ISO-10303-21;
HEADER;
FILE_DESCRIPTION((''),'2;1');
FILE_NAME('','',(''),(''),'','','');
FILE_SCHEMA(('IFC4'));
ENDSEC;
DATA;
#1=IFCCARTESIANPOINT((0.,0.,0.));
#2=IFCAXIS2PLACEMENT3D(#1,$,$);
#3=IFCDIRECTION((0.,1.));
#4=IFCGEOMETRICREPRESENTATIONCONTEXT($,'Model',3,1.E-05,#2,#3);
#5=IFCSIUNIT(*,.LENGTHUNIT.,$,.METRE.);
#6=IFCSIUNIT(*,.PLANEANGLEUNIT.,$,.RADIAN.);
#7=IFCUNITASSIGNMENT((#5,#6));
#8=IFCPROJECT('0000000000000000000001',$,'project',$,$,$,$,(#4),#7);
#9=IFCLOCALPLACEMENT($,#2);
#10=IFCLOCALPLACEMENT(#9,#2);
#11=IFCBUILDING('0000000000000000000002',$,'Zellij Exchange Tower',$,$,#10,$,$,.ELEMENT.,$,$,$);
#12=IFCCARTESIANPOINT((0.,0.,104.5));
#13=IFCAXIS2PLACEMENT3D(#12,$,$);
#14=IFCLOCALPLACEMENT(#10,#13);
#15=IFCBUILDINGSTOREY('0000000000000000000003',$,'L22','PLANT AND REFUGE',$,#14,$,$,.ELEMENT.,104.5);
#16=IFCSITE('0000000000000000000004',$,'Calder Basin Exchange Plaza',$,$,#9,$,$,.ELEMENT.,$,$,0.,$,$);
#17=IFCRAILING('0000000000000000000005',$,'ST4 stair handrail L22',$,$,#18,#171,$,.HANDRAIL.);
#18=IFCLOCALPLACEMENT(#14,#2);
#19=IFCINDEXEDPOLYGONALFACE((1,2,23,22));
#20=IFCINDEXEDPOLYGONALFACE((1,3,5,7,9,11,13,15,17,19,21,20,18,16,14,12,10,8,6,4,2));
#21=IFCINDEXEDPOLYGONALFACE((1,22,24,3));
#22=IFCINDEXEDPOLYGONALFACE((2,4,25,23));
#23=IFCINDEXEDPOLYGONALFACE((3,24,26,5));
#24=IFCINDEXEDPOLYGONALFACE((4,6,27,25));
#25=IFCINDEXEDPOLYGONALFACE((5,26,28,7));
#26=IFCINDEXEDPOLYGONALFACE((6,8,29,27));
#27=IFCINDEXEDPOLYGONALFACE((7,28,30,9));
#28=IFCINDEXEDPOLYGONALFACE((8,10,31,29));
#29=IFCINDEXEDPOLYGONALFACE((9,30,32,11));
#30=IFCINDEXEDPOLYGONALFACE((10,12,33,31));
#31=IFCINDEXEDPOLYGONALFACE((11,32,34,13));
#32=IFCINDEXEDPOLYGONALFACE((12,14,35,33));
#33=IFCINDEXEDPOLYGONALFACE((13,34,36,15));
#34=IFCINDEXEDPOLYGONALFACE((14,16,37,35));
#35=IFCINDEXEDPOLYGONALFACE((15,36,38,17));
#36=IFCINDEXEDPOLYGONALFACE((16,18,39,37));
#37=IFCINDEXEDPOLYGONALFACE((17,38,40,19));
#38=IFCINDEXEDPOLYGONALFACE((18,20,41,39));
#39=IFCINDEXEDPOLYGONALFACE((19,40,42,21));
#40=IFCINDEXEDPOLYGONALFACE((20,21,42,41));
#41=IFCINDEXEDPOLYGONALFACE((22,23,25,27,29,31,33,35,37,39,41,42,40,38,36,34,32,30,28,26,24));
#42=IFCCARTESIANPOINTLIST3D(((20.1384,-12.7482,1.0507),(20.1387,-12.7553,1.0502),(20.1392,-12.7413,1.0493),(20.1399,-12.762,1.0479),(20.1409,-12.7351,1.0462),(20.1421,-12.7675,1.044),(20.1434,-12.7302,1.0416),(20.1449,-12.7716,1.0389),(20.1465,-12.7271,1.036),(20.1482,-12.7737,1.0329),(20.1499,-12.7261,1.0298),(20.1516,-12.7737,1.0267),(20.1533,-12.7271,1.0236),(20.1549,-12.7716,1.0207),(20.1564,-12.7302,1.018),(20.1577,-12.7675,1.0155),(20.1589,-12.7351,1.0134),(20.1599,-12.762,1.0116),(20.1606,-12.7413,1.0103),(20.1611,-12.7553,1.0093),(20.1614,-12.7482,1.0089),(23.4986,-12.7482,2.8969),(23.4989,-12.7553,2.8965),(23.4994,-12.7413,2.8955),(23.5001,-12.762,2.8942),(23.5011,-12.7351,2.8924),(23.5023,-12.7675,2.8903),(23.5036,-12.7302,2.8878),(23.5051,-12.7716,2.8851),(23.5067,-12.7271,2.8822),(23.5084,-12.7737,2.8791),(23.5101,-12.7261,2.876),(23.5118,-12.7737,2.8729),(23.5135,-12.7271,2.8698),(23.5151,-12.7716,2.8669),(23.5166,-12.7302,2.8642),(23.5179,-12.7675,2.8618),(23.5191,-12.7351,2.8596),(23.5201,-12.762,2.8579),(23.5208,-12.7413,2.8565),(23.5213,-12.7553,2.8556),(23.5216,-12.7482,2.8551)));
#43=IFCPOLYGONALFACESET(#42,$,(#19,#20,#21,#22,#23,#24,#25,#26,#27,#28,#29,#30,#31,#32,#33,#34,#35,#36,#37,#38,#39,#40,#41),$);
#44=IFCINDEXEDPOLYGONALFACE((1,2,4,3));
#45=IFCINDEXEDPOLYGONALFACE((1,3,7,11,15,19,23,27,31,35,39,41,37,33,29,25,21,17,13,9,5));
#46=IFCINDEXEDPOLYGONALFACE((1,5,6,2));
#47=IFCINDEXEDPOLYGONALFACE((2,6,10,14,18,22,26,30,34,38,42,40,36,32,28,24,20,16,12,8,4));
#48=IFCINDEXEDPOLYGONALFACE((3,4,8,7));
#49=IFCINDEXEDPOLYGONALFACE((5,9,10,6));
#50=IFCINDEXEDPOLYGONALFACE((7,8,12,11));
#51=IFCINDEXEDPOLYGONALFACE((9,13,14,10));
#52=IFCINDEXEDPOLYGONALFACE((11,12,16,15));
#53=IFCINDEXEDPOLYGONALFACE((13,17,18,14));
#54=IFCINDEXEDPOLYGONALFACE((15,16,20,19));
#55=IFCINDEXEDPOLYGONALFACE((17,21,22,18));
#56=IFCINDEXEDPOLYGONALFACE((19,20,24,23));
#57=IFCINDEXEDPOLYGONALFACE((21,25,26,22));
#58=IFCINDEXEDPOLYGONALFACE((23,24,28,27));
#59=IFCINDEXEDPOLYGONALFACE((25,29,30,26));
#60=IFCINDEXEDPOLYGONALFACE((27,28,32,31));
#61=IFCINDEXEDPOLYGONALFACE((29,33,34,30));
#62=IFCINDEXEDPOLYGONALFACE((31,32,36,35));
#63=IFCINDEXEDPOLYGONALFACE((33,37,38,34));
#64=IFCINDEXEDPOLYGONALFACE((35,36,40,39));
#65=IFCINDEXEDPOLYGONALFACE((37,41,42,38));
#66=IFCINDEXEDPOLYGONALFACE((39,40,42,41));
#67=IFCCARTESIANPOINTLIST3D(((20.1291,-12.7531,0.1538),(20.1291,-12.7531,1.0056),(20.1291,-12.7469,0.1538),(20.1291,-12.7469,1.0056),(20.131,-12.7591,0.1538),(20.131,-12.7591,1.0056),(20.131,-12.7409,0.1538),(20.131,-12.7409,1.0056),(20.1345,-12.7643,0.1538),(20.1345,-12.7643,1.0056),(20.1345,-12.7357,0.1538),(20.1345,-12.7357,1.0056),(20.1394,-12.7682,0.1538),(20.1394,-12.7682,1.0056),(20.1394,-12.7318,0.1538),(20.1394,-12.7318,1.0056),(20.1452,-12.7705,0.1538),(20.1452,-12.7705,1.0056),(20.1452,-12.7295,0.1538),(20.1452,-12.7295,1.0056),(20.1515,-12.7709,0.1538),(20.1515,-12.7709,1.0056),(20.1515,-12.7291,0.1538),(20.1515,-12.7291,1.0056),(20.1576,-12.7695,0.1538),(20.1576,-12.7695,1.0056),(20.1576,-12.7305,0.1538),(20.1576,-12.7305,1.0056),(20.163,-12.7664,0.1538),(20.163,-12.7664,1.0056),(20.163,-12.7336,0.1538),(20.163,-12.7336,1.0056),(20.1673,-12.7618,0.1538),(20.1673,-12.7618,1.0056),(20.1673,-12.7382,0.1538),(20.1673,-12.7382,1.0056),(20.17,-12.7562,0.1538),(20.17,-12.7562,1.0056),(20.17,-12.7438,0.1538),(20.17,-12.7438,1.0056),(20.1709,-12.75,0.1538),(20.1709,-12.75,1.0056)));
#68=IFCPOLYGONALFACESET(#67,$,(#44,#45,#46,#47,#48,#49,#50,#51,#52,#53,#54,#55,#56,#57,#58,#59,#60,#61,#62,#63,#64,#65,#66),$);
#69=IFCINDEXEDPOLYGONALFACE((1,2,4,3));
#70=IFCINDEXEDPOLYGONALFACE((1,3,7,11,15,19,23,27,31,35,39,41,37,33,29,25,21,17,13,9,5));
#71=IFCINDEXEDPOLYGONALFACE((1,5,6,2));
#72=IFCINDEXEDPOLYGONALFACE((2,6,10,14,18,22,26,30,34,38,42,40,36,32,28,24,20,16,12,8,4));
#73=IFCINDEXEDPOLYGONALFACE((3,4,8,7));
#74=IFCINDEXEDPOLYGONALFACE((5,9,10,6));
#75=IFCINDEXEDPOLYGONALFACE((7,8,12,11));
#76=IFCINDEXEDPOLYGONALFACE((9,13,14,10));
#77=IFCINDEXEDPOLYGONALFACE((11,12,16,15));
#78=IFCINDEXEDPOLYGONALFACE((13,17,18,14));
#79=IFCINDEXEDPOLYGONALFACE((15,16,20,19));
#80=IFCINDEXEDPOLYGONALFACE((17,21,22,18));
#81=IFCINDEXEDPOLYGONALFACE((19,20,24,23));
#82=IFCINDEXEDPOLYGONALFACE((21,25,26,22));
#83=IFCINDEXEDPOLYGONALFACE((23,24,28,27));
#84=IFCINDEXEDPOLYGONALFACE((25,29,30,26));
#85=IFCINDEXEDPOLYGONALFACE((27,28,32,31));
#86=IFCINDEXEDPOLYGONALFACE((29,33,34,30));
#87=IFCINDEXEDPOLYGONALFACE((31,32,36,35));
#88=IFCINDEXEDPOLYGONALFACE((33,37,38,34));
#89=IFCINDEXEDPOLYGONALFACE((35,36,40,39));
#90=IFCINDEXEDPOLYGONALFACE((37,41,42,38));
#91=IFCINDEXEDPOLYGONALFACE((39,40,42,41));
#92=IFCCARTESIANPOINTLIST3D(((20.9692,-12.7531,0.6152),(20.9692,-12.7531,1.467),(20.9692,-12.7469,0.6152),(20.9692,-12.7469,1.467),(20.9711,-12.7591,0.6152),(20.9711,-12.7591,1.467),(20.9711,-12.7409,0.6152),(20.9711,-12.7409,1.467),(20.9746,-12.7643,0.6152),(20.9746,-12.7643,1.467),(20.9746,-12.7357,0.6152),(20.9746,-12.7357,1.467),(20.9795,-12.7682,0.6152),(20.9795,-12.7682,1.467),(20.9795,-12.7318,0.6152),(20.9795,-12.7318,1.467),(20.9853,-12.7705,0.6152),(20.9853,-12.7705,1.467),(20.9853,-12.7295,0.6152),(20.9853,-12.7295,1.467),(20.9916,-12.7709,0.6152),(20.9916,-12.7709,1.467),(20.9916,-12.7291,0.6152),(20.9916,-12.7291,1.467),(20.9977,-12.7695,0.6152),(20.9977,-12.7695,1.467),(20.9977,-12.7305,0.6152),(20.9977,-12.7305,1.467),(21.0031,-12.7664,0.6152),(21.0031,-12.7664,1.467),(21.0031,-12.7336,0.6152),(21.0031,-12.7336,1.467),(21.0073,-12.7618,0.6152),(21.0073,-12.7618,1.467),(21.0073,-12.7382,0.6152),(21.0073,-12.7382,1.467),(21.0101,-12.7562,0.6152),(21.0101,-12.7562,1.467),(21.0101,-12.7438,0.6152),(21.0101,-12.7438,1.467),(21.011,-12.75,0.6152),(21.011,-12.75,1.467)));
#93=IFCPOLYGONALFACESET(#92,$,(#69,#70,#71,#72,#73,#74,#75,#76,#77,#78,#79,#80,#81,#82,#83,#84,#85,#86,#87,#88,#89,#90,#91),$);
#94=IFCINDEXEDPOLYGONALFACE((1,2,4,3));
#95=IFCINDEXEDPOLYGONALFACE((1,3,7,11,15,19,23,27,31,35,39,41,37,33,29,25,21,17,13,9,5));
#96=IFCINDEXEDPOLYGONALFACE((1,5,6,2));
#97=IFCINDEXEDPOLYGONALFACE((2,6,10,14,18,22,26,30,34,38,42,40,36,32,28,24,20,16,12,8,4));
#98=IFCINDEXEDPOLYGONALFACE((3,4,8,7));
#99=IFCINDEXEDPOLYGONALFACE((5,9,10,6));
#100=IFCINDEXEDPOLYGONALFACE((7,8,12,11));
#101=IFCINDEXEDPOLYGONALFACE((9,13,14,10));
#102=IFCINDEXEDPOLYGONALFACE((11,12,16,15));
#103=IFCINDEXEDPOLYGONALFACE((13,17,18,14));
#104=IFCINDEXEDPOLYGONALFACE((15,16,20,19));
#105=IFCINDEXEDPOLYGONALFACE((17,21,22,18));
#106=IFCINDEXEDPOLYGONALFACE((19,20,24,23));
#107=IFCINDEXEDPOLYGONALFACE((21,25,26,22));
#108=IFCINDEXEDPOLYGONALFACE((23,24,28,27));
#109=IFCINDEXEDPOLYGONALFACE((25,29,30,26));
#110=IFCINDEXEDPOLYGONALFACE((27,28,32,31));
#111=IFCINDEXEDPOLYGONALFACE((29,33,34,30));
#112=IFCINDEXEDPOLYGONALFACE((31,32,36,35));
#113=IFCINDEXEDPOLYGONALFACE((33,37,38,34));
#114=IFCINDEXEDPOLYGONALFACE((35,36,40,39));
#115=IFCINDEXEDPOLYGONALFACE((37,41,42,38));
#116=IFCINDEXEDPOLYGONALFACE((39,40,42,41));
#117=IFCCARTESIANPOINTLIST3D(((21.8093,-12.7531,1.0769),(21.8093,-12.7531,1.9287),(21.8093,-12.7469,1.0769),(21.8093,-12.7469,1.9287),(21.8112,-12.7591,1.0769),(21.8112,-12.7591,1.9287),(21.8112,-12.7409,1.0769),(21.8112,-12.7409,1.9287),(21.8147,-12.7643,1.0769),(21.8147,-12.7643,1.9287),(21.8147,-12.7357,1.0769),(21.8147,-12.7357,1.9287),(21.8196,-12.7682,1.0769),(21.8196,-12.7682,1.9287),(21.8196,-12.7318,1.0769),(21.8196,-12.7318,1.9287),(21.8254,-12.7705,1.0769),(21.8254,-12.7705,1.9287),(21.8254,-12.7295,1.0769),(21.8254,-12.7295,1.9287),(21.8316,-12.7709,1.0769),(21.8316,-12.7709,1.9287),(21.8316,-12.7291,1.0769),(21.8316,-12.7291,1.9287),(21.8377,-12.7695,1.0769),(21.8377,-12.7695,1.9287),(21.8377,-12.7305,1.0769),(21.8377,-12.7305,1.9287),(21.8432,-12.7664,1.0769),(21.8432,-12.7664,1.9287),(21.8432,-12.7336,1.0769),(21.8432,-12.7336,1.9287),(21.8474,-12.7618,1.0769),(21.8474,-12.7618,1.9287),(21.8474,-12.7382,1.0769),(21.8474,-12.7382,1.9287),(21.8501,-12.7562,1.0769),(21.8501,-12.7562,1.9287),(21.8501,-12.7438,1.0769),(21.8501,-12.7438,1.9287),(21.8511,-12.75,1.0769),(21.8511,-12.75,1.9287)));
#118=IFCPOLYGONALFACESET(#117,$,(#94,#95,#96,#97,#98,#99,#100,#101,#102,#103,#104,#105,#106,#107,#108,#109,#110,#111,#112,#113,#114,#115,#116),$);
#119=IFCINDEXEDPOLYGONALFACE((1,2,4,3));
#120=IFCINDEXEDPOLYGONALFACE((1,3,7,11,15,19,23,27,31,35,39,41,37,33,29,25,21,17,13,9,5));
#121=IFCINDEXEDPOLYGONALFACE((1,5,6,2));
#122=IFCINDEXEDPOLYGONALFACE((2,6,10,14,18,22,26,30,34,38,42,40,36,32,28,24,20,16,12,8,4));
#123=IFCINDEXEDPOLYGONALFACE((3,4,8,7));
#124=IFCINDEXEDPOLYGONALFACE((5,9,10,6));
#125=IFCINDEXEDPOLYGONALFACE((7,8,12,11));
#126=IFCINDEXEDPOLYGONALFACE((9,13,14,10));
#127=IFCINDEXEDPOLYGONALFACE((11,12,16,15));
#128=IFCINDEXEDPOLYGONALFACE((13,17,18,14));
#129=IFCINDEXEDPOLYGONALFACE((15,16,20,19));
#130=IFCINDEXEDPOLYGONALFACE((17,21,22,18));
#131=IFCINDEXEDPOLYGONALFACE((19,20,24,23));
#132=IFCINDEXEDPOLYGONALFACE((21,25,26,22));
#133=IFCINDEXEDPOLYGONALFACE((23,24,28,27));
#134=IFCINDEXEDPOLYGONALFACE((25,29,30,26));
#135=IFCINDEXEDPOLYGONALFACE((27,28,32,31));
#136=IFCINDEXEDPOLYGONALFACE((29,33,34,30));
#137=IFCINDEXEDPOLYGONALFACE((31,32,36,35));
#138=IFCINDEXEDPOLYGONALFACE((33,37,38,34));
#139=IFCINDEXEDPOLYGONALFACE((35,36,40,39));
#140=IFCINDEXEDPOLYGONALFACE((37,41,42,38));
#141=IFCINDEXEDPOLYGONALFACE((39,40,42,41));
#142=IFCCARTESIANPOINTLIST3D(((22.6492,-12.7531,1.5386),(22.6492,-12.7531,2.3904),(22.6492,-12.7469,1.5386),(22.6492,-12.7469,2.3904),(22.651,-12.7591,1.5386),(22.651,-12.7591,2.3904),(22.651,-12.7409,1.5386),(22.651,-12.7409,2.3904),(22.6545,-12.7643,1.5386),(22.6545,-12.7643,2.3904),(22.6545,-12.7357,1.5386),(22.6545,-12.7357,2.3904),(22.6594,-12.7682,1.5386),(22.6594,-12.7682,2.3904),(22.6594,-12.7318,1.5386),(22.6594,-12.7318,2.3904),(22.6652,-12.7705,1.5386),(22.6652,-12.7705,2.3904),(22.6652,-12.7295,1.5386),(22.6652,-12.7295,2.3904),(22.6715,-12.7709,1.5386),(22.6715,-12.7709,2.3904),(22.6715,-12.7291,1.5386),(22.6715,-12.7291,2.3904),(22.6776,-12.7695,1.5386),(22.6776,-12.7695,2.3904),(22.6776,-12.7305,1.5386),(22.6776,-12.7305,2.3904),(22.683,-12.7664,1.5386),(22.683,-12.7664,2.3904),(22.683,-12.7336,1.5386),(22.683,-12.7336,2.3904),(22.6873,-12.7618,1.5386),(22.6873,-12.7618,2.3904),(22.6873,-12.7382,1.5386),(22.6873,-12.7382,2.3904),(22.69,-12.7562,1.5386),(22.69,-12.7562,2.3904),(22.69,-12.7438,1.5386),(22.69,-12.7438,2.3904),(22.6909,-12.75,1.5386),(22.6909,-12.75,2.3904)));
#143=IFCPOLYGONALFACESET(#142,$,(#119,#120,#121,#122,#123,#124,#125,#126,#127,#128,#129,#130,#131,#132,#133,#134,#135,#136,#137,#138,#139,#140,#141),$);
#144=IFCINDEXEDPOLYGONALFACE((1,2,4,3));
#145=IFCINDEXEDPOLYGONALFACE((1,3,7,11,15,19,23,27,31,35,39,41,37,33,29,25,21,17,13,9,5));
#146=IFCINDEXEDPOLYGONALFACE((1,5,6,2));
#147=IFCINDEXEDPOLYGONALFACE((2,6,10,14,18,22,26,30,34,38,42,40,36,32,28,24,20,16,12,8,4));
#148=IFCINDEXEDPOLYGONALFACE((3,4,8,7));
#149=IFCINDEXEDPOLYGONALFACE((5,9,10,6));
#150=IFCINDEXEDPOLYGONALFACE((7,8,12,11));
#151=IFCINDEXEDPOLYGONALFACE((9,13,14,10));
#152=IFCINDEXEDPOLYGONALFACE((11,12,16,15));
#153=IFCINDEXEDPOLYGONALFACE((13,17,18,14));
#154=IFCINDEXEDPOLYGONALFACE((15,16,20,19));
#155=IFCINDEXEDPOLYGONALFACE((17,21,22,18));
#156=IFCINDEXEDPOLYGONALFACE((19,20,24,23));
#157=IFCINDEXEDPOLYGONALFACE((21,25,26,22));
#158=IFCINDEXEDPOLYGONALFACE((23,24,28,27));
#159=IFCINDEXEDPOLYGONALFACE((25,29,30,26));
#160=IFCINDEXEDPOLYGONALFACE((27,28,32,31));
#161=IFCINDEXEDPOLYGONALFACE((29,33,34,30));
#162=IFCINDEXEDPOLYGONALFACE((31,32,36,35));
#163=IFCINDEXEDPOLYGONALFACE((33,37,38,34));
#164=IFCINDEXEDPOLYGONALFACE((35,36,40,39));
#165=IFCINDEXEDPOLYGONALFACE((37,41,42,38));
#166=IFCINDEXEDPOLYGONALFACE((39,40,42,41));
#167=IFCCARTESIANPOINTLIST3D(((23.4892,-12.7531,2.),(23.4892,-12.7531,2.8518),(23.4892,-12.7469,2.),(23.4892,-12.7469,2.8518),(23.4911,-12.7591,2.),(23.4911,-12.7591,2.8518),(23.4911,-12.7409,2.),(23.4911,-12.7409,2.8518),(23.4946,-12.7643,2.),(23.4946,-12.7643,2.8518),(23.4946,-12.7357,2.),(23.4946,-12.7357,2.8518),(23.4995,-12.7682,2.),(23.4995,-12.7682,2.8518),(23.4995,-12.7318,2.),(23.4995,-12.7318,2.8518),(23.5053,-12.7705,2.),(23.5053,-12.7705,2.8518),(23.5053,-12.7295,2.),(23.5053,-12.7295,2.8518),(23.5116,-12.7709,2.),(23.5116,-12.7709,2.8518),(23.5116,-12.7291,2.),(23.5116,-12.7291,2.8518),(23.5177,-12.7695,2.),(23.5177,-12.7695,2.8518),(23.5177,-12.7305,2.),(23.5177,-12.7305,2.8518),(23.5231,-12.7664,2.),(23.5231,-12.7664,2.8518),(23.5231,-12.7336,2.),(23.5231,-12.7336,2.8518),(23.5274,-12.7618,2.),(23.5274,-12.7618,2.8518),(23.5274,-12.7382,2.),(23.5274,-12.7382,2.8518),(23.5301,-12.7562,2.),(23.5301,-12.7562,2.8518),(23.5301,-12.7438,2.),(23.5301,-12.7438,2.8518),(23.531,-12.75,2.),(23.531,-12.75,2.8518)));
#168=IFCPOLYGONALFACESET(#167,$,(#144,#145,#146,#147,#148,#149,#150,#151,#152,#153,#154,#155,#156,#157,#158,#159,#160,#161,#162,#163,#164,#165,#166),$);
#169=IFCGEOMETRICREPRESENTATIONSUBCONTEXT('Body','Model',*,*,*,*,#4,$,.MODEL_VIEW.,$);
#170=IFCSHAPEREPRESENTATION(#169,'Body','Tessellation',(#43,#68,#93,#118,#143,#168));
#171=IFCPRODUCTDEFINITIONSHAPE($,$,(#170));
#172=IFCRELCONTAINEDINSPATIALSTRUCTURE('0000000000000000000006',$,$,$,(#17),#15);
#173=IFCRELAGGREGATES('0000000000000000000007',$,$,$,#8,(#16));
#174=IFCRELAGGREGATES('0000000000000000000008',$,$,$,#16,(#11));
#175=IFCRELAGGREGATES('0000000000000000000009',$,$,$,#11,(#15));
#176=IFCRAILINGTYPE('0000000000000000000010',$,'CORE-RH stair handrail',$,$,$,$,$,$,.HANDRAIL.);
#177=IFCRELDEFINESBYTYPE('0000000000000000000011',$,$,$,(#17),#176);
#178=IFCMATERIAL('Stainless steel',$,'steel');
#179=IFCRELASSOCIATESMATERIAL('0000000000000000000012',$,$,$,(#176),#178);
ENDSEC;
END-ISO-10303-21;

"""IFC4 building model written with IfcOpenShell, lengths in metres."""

from ifc_helpers import new_model, si_unit, direction, frame, origin, origin_2d, place, context, subcontext, project, spatial, circle, extrude, material, type_object, element, save


model = new_model("IFC4")

# Units and contexts
model_context = context("Model", 3, precision=1e-05, world=origin(), true_north=direction((0.0, 1.0)))
body_context = subcontext(model_context, "Body", "Model", "MODEL_VIEW")
ifc_project = project(units=[si_unit("LENGTHUNIT", "METRE"), si_unit("PLANEANGLEUNIT", "RADIAN")], contexts=[model_context])

# Site, building, storey
site_placement = place(None, origin())
site = spatial("IfcSite", under=ifc_project, at=site_placement, Name="Calder Basin Exchange Plaza", CompositionType="ELEMENT", RefElevation=0.0)
building_placement = place(site_placement, origin())
building = spatial("IfcBuilding", under=site, at=building_placement, Name="Zellij Exchange Tower", CompositionType="ELEMENT")
storey_placement = place(building_placement, frame((0.0, 0.0, 104.5)))
storey = spatial("IfcBuildingStorey", under=building, at=storey_placement, Name="L22", Description="PLANT AND REFUGE", CompositionType="ELEMENT", Elevation=104.5)

# Railing
ifc_material_1 = material(Name="Stainless steel", Category="steel")
railing_type_1 = type_object("IfcRailingType", Name="CORE-RH stair handrail", PredefinedType="HANDRAIL", material=ifc_material_1)
railing_1_placement = place(storey_placement, frame((20.1499, -12.75, 0.1538)))
element("IfcRailing", 1, at=railing_1_placement, inside=storey, type_object=railing_type_1, Name="ST4 stair handrail L22", PredefinedType="HANDRAIL", context=body_context, shape_type="SweptSolid", body=[
    extrude(circle(Radius=0.0239, at=origin_2d()), frame((0.0, 0.0, 0.876), z_axis=(0.876422, 0.0, 0.481545), x_axis=(0.0, 1.0, 0.0)), (0.0, 0.0, 1.0), 3.834),
    extrude(circle(Radius=0.021, at=origin_2d()), origin(), (0.0, 0.0, 1.0), 0.8518),
    extrude(circle(Radius=0.021, at=origin_2d()), frame((0.8401, 0.0, 0.4614)), (0.0, 0.0, 1.0), 0.8518),
    extrude(circle(Radius=0.021, at=origin_2d()), frame((1.6802, 0.0, 0.9231)), (0.0, 0.0, 1.0), 0.8518),
    extrude(circle(Radius=0.021, at=origin_2d()), frame((2.52, 0.0, 1.3848)), (0.0, 0.0, 1.0), 0.8518),
    extrude(circle(Radius=0.021, at=origin_2d()), frame((3.3601, 0.0, 1.8462)), (0.0, 0.0, 1.0), 0.8518),
])

save(model, "model.ifc")
